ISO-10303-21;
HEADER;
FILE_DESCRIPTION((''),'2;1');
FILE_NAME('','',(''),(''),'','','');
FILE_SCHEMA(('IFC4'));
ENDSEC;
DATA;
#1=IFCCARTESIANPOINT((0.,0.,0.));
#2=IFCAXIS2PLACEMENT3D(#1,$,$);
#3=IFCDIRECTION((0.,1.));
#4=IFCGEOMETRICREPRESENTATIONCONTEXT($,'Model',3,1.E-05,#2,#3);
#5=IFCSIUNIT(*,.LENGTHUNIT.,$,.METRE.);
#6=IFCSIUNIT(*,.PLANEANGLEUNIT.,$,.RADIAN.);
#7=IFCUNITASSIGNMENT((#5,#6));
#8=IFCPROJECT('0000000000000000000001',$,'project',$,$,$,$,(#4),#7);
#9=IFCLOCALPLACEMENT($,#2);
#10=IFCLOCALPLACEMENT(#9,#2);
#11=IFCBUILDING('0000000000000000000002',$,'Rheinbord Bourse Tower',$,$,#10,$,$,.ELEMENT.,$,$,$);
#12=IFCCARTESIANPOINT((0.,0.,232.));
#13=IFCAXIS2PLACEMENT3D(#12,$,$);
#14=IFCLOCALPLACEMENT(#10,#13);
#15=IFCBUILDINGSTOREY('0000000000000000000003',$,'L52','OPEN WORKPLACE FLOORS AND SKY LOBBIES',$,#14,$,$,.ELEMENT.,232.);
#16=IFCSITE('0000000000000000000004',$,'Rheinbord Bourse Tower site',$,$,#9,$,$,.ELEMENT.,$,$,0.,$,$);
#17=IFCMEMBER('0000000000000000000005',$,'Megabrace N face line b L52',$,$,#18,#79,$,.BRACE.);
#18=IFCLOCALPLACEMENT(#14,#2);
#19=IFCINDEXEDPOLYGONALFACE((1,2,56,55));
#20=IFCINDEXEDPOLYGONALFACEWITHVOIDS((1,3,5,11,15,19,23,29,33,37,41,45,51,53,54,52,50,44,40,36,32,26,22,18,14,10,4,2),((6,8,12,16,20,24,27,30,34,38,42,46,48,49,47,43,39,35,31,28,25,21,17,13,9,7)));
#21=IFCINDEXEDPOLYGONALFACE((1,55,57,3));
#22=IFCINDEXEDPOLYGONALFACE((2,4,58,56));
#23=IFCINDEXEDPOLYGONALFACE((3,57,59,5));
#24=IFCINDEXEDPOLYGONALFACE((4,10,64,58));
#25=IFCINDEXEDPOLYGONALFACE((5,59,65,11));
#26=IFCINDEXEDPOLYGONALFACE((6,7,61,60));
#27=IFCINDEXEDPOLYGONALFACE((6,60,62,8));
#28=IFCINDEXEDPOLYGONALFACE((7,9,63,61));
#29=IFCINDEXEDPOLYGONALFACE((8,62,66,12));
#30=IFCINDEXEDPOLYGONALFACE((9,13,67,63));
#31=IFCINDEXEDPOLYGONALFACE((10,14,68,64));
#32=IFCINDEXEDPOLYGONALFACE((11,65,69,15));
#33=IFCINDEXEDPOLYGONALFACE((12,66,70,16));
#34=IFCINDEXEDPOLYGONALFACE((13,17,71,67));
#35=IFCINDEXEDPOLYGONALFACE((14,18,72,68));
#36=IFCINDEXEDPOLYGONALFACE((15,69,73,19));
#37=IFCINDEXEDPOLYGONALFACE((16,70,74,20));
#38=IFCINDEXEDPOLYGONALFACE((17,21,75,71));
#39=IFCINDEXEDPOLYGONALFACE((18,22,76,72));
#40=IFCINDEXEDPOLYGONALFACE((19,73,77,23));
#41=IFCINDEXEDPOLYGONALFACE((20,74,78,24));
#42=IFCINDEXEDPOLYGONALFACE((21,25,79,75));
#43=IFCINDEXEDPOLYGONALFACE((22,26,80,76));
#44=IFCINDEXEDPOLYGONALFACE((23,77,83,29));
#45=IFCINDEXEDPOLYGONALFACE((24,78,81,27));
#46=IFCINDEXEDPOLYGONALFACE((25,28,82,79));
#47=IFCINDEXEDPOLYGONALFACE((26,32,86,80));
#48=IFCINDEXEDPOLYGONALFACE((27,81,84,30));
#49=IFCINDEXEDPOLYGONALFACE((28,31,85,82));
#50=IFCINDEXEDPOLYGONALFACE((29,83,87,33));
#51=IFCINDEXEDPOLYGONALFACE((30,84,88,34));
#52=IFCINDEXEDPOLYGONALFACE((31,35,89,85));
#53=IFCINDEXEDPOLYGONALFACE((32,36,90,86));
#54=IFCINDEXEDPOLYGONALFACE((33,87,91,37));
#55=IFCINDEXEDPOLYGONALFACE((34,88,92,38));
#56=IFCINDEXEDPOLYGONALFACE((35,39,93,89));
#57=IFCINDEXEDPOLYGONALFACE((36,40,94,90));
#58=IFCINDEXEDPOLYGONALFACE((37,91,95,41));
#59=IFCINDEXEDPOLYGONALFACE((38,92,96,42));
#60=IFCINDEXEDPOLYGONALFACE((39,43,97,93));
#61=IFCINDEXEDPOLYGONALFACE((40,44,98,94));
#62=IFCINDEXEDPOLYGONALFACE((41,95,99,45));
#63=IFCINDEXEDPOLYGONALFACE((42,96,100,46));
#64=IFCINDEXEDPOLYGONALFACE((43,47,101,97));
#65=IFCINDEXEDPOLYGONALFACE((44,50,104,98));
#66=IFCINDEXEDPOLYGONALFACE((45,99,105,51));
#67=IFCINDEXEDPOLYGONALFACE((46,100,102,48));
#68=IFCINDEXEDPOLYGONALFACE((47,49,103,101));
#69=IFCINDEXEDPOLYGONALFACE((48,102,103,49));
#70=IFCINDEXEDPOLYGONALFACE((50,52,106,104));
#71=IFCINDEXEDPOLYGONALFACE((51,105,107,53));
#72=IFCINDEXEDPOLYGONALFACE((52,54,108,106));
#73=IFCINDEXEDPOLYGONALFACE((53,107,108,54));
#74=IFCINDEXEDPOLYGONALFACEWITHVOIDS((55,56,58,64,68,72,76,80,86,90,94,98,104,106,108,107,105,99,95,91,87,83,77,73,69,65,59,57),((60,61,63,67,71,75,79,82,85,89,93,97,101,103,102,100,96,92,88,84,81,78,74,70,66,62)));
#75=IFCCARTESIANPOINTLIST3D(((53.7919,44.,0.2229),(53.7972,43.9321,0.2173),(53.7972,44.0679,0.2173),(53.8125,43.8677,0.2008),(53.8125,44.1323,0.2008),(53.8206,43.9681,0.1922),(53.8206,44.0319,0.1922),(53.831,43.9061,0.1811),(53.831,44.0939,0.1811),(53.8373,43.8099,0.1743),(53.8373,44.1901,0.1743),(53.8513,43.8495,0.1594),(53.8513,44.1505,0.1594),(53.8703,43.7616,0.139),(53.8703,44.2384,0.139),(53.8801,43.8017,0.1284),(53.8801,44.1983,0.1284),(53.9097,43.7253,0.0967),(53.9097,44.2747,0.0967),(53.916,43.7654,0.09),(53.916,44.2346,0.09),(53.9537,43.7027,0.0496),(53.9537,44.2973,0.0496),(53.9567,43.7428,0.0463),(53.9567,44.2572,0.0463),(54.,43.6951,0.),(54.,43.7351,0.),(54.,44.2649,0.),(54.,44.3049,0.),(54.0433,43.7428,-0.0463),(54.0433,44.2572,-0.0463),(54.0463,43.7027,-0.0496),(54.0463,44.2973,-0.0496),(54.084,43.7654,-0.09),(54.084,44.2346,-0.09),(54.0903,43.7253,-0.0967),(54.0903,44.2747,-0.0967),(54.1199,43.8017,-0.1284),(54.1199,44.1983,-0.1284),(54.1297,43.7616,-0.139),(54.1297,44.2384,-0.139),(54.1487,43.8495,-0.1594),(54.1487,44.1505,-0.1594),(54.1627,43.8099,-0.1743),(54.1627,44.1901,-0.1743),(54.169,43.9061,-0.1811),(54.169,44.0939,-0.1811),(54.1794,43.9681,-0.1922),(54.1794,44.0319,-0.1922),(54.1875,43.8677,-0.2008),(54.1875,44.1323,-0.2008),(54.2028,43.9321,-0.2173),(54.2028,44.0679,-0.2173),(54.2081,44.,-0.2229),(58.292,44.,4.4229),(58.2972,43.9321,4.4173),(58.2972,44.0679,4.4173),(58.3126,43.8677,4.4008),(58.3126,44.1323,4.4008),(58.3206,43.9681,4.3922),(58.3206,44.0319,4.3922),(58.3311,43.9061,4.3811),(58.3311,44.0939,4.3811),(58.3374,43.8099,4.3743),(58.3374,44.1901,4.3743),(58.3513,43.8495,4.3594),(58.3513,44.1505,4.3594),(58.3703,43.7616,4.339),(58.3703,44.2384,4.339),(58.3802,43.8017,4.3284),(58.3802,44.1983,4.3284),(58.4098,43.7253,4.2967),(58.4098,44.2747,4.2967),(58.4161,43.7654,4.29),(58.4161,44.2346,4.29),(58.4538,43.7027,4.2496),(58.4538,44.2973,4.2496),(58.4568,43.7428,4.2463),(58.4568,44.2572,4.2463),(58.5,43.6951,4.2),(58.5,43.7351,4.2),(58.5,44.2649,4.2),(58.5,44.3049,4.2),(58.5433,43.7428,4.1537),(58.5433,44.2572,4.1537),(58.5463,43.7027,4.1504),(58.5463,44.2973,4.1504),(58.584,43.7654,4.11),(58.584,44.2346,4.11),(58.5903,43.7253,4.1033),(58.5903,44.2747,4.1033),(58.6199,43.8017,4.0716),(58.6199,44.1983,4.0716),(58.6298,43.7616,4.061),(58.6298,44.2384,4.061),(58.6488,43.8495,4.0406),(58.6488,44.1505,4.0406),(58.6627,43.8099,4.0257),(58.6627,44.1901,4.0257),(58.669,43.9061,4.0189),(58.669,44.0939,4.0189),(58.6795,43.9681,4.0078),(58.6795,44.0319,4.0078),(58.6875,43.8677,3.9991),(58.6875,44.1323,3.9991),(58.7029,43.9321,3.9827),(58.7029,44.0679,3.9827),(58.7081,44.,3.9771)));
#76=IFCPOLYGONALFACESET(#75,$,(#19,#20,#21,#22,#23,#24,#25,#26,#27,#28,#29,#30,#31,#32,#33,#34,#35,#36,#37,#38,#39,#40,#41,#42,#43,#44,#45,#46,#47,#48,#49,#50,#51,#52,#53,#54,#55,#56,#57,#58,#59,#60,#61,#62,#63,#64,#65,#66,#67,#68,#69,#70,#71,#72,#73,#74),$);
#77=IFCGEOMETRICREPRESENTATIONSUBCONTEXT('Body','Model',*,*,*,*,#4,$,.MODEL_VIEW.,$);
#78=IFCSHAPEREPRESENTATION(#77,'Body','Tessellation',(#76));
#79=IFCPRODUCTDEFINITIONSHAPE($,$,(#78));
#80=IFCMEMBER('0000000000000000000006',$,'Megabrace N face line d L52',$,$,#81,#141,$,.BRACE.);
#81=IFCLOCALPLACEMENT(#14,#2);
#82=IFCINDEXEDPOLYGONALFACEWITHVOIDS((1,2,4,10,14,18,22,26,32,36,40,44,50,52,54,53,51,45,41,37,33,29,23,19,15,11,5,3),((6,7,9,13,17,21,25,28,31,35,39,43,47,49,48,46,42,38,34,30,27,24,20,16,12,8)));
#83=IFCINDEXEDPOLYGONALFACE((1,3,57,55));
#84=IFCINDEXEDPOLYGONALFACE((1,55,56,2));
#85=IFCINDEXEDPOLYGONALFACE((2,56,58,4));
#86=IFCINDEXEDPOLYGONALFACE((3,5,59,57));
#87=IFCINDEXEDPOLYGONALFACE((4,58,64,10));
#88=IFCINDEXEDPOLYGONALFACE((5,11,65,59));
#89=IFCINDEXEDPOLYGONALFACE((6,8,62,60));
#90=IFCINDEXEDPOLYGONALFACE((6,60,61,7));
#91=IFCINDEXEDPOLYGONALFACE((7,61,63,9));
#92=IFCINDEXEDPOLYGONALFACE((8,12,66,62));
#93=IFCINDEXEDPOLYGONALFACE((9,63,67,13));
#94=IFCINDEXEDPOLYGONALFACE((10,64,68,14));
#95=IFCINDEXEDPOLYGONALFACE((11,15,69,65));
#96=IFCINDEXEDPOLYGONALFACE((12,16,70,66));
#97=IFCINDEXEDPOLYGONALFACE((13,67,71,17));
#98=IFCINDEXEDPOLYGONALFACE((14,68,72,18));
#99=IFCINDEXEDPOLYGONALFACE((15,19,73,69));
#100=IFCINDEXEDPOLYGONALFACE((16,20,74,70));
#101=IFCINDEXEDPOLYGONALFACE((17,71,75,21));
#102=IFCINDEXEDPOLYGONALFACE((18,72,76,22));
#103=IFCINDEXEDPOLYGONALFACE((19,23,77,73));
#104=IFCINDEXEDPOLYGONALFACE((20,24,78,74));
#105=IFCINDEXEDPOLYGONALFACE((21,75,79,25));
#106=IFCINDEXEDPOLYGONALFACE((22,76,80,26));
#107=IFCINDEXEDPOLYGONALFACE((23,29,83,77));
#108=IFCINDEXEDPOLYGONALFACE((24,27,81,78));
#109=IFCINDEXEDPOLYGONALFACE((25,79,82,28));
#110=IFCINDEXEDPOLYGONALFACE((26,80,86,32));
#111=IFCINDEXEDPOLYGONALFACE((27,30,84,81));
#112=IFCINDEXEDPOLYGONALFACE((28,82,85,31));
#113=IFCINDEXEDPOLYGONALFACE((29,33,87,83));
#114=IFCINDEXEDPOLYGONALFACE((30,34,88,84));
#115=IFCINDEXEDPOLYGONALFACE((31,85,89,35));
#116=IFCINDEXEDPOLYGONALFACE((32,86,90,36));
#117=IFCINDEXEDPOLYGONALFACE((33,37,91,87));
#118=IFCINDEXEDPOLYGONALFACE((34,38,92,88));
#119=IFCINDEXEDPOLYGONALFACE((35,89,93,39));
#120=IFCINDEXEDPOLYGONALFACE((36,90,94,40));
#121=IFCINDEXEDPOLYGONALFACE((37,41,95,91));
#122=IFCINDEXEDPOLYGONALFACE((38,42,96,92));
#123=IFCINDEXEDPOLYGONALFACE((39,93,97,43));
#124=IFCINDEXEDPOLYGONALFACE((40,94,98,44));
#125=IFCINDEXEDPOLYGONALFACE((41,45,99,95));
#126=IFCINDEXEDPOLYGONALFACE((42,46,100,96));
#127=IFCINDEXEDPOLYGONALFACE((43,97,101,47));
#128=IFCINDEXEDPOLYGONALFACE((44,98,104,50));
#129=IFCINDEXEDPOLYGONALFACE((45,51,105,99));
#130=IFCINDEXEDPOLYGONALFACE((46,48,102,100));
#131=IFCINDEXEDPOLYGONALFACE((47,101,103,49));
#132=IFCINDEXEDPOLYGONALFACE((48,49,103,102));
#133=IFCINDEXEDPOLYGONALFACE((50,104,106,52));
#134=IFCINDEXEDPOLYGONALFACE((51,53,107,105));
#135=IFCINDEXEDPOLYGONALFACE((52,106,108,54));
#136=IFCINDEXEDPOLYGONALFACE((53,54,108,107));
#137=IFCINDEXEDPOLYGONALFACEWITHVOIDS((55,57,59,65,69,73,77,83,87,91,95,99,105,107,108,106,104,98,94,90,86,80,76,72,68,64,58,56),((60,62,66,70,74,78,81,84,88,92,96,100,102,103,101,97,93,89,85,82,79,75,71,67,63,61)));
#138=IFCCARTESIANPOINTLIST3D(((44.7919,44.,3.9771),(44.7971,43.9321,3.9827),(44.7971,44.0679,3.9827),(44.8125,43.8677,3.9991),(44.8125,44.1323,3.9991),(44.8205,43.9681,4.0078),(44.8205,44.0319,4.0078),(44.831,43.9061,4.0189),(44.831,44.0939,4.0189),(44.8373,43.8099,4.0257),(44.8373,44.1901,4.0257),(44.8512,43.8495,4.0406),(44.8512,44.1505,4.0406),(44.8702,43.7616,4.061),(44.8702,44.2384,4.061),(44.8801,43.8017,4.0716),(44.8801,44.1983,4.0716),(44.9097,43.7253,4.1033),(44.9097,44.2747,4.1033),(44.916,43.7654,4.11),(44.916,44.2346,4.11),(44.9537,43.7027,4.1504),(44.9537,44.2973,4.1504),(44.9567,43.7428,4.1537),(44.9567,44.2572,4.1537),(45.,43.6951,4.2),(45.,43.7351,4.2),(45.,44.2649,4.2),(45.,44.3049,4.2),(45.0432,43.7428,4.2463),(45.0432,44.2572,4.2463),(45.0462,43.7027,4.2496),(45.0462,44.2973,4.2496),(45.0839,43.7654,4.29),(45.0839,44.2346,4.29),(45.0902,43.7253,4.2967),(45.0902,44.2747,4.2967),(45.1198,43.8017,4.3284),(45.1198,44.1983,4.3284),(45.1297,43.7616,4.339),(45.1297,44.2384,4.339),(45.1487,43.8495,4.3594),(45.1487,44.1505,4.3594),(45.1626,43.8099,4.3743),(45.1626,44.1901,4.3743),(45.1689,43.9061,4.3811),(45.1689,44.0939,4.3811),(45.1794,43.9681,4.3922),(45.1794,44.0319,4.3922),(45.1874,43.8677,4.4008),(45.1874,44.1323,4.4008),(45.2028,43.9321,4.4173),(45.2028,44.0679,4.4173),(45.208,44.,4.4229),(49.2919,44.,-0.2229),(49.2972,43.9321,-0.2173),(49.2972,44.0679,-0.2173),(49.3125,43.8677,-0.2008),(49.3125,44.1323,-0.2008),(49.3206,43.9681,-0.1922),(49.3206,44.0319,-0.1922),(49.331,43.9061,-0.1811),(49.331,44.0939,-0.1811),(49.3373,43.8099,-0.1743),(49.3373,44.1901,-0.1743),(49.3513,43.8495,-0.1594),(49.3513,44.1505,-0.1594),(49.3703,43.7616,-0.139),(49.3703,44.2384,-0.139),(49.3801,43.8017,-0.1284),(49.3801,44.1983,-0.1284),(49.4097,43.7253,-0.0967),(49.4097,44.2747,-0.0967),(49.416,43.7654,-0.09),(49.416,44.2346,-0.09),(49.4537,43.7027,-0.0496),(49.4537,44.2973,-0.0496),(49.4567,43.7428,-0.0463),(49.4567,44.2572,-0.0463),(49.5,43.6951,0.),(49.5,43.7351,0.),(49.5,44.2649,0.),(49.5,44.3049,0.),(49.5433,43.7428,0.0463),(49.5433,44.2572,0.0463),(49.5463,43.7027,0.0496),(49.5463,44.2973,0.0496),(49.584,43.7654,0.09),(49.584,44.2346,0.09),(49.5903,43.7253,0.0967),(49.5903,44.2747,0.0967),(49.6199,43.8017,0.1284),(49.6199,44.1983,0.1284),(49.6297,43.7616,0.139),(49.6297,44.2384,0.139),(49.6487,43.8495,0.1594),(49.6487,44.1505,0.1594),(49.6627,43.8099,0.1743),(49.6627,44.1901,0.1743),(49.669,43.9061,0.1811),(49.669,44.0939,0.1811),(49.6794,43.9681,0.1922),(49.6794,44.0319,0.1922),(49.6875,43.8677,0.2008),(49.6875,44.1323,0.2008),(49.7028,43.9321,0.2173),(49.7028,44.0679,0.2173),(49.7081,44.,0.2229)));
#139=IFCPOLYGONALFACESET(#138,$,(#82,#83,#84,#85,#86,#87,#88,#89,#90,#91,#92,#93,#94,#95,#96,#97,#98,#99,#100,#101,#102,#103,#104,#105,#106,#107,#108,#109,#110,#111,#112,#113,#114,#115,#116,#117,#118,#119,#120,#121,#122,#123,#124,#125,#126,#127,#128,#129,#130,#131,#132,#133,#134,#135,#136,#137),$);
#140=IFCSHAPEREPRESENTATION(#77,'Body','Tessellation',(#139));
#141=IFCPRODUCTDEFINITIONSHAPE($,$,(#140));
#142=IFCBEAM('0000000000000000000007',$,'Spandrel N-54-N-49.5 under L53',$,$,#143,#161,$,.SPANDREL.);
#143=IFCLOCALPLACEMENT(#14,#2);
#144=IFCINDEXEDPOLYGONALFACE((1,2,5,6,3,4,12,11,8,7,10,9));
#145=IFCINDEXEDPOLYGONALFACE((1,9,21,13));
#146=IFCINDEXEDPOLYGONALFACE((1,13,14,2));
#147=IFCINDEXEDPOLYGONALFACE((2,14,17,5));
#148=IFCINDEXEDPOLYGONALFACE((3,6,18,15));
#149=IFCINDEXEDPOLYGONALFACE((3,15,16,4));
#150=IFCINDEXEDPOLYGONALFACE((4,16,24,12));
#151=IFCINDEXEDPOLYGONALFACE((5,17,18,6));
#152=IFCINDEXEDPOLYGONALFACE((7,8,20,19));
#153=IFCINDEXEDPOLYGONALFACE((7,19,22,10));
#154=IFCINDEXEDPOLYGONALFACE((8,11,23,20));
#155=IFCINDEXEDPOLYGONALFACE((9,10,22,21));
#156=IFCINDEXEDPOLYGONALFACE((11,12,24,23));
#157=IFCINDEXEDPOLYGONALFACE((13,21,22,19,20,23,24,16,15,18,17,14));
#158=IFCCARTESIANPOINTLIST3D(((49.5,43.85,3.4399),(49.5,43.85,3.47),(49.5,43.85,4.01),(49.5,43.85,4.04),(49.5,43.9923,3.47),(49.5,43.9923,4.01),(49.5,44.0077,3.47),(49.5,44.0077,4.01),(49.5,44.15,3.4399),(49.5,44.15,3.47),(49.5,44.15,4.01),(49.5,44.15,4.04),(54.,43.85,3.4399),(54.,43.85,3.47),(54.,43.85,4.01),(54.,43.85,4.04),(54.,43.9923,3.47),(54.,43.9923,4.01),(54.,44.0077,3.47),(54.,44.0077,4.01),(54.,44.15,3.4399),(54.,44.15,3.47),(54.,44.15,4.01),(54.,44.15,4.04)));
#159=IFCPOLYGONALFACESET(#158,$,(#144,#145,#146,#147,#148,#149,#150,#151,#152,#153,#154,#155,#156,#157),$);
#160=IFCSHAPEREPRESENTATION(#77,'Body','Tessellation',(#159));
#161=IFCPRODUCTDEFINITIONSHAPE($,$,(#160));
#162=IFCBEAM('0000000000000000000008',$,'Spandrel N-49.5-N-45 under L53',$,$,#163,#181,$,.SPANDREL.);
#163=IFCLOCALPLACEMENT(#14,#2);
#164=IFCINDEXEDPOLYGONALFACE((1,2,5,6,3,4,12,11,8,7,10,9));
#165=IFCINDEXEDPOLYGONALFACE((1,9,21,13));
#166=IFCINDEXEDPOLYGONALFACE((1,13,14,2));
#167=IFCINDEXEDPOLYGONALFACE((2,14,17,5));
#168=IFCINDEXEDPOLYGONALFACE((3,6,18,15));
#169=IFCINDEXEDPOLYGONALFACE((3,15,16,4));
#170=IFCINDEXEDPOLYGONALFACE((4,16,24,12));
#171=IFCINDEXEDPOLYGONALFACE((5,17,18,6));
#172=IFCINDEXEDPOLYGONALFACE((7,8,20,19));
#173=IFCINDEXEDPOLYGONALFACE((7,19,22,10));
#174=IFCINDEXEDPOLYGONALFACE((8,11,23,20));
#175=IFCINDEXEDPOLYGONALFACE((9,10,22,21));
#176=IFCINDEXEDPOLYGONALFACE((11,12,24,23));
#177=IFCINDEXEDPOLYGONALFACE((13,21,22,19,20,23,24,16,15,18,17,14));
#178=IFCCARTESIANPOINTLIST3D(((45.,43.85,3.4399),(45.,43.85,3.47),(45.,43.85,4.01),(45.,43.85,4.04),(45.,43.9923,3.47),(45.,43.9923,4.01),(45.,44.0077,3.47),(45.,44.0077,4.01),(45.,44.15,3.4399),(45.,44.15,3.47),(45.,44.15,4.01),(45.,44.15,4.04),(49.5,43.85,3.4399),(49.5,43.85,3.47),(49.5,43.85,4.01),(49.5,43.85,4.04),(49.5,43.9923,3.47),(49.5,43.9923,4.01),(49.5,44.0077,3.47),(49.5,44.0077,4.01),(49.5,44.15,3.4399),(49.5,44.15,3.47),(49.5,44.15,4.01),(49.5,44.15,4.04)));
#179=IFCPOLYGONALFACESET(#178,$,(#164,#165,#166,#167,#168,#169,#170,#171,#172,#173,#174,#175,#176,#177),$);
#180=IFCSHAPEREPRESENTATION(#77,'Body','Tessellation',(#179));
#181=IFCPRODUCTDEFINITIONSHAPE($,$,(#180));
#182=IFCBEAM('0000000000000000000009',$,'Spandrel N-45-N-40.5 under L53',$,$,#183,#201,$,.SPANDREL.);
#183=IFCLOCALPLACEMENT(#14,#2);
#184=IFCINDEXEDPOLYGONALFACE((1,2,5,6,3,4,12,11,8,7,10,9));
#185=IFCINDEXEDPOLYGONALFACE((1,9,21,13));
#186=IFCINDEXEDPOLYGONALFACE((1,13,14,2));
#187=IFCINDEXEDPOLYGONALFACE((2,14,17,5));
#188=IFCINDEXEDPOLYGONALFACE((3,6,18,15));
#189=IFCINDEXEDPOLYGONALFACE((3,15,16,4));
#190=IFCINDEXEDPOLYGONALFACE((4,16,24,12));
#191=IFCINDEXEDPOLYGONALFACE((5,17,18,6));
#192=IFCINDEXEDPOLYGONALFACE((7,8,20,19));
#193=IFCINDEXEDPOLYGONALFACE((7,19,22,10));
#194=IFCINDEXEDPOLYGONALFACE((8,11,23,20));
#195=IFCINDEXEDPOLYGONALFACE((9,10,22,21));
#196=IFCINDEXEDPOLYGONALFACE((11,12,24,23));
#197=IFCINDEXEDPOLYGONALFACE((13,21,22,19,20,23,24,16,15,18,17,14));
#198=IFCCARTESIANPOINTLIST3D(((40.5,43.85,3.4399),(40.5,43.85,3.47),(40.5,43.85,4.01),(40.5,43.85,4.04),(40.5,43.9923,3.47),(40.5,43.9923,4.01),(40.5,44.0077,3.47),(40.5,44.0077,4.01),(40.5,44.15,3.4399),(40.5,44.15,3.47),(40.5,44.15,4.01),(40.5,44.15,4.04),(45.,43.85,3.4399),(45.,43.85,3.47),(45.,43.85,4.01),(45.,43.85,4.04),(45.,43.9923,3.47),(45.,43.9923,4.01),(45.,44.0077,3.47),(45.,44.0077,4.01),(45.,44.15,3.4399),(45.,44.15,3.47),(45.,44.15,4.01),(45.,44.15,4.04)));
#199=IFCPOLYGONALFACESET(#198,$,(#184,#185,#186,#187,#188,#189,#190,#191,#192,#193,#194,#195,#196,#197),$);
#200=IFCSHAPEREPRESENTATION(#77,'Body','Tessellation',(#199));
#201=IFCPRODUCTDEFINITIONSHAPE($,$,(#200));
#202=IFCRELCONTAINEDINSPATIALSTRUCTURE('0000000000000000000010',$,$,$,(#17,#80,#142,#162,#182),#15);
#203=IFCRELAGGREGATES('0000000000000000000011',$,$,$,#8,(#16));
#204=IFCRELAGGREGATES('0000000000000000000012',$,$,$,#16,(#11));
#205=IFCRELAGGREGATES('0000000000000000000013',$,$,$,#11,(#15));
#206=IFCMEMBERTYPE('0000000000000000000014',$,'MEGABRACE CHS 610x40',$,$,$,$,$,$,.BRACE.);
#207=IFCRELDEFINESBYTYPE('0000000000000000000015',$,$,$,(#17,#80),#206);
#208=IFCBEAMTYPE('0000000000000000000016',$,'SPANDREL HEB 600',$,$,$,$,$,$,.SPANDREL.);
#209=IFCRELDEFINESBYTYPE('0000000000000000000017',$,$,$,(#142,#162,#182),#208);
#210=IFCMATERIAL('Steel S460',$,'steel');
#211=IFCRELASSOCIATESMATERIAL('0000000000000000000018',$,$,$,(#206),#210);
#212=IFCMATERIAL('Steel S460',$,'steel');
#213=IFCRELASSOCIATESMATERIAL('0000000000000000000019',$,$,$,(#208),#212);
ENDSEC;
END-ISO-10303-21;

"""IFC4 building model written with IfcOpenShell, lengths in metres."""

from ifc_helpers import new_model, si_unit, direction, frame, origin, origin_2d, place, context, subcontext, project, spatial, hollow_circle, i_section, extrude, material, material_profile, profile_set, type_object, element, save


model = new_model("IFC4")

# Units and contexts
model_context = context("Model", 3, precision=1e-05, world=origin(), true_north=direction((0.0, 1.0)))
body_context = subcontext(model_context, "Body", "Model", "MODEL_VIEW")
ifc_project = project(units=[si_unit("LENGTHUNIT", "METRE"), si_unit("PLANEANGLEUNIT", "RADIAN")], contexts=[model_context])

# Site, building, storey
site_placement = place(None, origin())
site = spatial("IfcSite", under=ifc_project, at=site_placement, Name="Rheinbord Bourse Tower site", CompositionType="ELEMENT", RefElevation=0.0)
building_placement = place(site_placement, origin())
building = spatial("IfcBuilding", under=site, at=building_placement, Name="Rheinbord Bourse Tower", CompositionType="ELEMENT")
storey_placement = place(building_placement, frame((0.0, 0.0, 232.0)))
storey = spatial("IfcBuildingStorey", under=building, at=storey_placement, Name="L52", Description="OPEN WORKPLACE FLOORS AND SKY LOBBIES", CompositionType="ELEMENT", Elevation=232.0)

# Members
ifc_material_1 = material(Name="Steel S460", Category="steel")
ifc_material_profile_1 = material_profile(ifc_material_1, hollow_circle(Radius=0.3049, WallThickness=0.04, at=origin_2d()), Name="CHS 610x40")
ifc_profile_set_1 = profile_set([ifc_material_profile_1], Name="Steel S460")
member_type_1 = type_object("IfcMemberType", Name="MEGABRACE CHS 610x40", PredefinedType="BRACE", material=ifc_profile_set_1)
for number, where, z_axis, x_axis, name in (
    (1, (54.0, 44.0, 0.0), (0.731059, 0.0, 0.682314), (0.0, 1.0, 0.0), "Megabrace N face line b L52"),
    (2, (49.5, 44.0, 0.0), (-0.731059, 0.0, 0.682314), (0.0, -1.0, 0.0), "Megabrace N face line d L52"),
):
    element("IfcMember", number, at=place(storey_placement, frame(where, z_axis=z_axis, x_axis=x_axis)), inside=storey, type_object=member_type_1, Name=name, PredefinedType="BRACE", context=body_context, shape_type="SweptSolid", body=[
        extrude(hollow_circle(Radius=0.3049, WallThickness=0.04, at=origin_2d()), origin(), (0.0, 0.0, 1.0), 6.1555),
    ])

# Beams
ifc_material_2 = material(Name="Steel S460", Category="steel")
ifc_material_profile_2 = material_profile(ifc_material_2, i_section(OverallWidth=0.3, OverallDepth=0.6001, WebThickness=0.0154, FlangeThickness=0.03, at=origin_2d()), Name="HEB 600")
ifc_profile_set_2 = profile_set([ifc_material_profile_2], Name="Steel S460")
beam_type_1 = type_object("IfcBeamType", Name="SPANDREL HEB 600", PredefinedType="SPANDREL", material=ifc_profile_set_2)
for number, where, z_axis, x_axis, name in (
    (3, (54.0, 44.0, 3.74), (-1.0, 0.0, 0.0), (0.0, -1.0, 0.0), "Spandrel N-54-N-49.5 under L53"),
    (4, (49.5, 44.0, 3.74), (-1.0, 0.0, 0.0), (0.0, -1.0, 0.0), "Spandrel N-49.5-N-45 under L53"),
    (5, (45.0, 44.0, 3.74), (-1.0, 0.0, 0.0), (0.0, -1.0, 0.0), "Spandrel N-45-N-40.5 under L53"),
):
    element("IfcBeam", number, at=place(storey_placement, frame(where, z_axis=z_axis, x_axis=x_axis)), inside=storey, type_object=beam_type_1, Name=name, PredefinedType="SPANDREL", context=body_context, shape_type="SweptSolid", body=[
        extrude(i_section(OverallWidth=0.3, OverallDepth=0.6001, WebThickness=0.0154, FlangeThickness=0.03, at=origin_2d()), origin(), (0.0, 0.0, 1.0), 4.5),
    ])

save(model, "model.ifc")
